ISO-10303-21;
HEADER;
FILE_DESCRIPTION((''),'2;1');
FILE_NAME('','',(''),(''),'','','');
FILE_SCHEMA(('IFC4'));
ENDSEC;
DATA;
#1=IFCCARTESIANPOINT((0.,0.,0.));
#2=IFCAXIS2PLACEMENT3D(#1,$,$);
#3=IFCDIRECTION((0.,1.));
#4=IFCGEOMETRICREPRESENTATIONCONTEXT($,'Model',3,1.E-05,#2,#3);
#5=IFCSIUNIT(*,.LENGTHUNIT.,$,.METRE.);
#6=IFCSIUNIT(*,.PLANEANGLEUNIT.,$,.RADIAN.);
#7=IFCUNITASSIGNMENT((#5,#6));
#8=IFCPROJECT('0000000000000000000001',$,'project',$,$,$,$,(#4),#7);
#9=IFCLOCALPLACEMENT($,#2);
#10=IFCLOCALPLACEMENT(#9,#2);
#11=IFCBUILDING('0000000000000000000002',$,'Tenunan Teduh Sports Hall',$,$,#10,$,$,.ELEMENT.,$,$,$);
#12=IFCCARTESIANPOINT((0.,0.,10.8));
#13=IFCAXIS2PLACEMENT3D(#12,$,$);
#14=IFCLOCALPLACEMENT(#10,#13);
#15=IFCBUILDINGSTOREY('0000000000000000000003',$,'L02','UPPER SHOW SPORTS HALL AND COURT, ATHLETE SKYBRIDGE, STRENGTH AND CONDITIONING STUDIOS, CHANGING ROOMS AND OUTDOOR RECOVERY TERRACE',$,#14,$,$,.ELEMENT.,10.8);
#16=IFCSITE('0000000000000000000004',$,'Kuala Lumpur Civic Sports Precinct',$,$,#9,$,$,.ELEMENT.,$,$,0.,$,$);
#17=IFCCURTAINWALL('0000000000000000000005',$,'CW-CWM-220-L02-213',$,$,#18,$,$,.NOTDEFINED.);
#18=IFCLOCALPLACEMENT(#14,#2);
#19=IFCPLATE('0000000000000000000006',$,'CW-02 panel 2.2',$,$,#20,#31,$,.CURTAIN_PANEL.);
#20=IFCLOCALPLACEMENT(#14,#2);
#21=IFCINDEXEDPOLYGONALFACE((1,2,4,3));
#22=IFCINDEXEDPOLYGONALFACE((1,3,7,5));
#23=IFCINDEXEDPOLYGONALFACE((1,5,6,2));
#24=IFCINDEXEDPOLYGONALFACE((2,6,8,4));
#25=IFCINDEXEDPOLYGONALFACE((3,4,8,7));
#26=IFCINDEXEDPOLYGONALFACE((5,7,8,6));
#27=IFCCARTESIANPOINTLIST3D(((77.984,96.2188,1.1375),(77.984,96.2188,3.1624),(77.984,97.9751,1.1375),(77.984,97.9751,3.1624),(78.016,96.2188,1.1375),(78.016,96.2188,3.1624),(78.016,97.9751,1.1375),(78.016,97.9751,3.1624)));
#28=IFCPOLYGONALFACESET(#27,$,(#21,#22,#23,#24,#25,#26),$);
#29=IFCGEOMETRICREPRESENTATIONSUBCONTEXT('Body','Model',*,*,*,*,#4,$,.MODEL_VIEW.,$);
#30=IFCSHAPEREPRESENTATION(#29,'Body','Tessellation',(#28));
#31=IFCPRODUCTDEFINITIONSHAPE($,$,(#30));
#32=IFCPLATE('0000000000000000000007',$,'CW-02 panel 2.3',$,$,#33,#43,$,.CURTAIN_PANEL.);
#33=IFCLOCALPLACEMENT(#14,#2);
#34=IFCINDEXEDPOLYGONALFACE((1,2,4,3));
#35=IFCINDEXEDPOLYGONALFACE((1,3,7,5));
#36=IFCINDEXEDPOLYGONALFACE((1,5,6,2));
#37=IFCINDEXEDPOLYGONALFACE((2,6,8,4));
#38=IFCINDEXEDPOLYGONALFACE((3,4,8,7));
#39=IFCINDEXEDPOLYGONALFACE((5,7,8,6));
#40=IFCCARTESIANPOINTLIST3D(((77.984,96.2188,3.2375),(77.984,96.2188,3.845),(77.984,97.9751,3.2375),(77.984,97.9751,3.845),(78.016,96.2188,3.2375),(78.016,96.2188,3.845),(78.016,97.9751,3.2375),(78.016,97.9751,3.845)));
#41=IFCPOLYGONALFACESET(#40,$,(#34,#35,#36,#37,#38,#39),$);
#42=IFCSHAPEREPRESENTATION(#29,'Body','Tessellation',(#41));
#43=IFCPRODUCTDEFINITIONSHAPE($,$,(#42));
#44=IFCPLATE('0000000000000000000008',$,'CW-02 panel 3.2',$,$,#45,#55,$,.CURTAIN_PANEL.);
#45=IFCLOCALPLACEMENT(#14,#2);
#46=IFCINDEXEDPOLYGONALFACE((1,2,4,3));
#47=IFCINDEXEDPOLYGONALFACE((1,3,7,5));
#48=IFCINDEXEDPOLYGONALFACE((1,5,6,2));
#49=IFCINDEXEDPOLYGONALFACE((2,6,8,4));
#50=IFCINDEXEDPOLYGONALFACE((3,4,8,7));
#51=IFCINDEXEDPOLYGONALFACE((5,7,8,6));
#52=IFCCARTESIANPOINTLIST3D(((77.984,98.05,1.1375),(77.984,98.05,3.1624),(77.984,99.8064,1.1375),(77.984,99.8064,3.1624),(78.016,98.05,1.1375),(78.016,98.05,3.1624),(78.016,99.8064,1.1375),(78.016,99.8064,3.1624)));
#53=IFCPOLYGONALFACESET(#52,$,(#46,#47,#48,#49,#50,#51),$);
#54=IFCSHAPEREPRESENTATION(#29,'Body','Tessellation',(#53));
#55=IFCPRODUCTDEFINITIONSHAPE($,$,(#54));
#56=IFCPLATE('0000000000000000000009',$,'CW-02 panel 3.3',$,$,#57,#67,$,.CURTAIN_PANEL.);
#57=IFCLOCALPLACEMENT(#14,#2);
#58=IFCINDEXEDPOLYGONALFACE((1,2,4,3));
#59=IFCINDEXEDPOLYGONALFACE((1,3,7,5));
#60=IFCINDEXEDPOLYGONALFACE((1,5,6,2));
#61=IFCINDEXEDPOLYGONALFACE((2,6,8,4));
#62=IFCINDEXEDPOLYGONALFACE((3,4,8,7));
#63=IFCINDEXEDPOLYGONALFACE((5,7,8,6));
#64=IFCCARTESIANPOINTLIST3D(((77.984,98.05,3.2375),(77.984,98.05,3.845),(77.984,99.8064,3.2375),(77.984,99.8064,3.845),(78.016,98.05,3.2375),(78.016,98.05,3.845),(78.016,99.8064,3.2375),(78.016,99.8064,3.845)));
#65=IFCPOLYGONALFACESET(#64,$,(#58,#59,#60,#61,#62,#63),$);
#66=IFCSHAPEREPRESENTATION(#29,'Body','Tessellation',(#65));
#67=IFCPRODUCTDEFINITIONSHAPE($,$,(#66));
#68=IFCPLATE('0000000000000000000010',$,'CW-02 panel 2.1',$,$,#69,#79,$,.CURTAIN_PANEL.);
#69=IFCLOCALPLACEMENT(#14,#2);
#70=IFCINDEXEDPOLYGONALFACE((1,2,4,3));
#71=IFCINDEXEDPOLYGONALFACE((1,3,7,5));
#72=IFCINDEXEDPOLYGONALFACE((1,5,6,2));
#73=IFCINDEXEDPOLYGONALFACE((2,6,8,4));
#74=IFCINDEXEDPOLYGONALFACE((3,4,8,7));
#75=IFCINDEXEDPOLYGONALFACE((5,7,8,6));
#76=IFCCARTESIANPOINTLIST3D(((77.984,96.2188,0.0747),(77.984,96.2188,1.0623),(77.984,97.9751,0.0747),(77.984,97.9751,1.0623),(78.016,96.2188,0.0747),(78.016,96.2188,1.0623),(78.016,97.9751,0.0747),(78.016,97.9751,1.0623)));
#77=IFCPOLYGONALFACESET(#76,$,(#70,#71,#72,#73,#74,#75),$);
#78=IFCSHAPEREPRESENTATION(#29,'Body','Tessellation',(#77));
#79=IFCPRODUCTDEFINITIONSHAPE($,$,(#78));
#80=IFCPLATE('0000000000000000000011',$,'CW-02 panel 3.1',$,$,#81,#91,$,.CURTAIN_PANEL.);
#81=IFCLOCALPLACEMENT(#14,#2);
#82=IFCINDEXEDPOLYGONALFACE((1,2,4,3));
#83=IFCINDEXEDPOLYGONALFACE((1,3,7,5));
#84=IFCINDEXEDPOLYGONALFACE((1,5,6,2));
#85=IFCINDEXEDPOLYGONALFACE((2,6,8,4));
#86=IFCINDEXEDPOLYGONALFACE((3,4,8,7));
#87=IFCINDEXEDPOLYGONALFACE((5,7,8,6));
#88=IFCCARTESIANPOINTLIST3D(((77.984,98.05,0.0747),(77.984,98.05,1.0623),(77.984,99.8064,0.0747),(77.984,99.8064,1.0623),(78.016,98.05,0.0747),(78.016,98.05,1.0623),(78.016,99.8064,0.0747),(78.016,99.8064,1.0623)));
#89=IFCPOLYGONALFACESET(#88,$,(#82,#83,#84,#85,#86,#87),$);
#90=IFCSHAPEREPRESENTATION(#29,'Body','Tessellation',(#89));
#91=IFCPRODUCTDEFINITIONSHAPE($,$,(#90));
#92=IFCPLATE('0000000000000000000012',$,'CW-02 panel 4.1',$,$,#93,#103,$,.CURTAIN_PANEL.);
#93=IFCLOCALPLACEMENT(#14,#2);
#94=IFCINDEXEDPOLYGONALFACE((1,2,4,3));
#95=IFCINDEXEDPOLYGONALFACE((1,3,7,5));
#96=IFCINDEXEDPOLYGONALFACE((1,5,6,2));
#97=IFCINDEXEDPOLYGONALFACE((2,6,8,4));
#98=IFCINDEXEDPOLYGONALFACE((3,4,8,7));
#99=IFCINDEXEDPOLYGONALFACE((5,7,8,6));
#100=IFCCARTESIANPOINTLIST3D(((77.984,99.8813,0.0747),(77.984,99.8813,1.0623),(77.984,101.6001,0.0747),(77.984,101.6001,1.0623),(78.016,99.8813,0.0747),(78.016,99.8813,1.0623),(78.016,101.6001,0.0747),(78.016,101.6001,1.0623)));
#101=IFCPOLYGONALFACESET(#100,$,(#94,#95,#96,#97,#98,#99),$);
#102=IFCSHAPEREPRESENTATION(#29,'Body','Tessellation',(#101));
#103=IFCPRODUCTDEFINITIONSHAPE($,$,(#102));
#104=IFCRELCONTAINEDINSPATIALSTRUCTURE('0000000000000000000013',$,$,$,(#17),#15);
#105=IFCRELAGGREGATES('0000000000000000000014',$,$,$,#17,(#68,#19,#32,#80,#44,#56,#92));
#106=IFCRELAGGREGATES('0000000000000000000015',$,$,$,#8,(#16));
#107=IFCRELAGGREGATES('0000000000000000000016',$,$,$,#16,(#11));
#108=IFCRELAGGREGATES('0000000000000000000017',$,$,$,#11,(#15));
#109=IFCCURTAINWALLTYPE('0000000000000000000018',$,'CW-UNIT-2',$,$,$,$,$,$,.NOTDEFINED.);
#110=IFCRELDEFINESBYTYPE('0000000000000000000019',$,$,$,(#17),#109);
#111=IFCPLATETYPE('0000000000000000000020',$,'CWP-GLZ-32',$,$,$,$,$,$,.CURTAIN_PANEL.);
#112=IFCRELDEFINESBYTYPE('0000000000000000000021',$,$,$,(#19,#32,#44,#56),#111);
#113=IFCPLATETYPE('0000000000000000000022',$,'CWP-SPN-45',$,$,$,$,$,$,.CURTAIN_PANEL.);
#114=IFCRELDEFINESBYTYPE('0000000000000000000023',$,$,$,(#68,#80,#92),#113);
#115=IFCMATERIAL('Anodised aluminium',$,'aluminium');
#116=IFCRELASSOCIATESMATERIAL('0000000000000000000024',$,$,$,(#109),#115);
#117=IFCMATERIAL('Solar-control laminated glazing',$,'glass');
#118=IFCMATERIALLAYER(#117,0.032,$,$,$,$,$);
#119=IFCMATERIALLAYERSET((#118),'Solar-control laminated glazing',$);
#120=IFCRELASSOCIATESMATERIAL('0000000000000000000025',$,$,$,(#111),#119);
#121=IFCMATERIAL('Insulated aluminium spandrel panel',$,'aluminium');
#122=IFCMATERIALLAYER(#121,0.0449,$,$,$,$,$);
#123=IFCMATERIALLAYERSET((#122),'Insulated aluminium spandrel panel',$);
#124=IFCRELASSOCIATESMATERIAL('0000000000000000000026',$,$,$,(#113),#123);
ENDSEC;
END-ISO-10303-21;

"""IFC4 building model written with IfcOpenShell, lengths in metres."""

from ifc_helpers import new_model, si_unit, direction, frame, origin, origin_2d, place, context, subcontext, project, spatial, rectangle, extrude, material, layer, layer_set, type_object, element, aggregate, save


model = new_model("IFC4")

# Units and contexts
model_context = context("Model", 3, precision=1e-05, world=origin(), true_north=direction((0.0, 1.0)))
body_context = subcontext(model_context, "Body", "Model", "MODEL_VIEW")
ifc_project = project(units=[si_unit("LENGTHUNIT", "METRE"), si_unit("PLANEANGLEUNIT", "RADIAN")], contexts=[model_context])

# Site, building, storey
site_placement = place(None, origin())
site = spatial("IfcSite", under=ifc_project, at=site_placement, Name="Kuala Lumpur Civic Sports Precinct", CompositionType="ELEMENT", RefElevation=0.0)
building_placement = place(site_placement, origin())
building = spatial("IfcBuilding", under=site, at=building_placement, Name="Tenunan Teduh Sports Hall", CompositionType="ELEMENT")
storey_placement = place(building_placement, frame((0.0, 0.0, 10.8)))
storey = spatial("IfcBuildingStorey", under=building, at=storey_placement, Name="L02", Description="UPPER SHOW SPORTS HALL AND COURT, ATHLETE SKYBRIDGE, STRENGTH AND CONDITIONING STUDIOS, CHANGING ROOMS AND OUTDOOR RECOVERY TERRACE", CompositionType="ELEMENT", Elevation=10.8)

# Curtain wall, plates
ifc_material_1 = material(Name="Anodised aluminium", Category="aluminium")
curtain_wall_type = type_object("IfcCurtainWallType", Name="CW-UNIT-2", PredefinedType="NOTDEFINED", material=ifc_material_1)
curtain_wall_placement = place(storey_placement, origin())
curtain_wall = element("IfcCurtainWall", 1, at=curtain_wall_placement, inside=storey, type_object=curtain_wall_type, Name="CW-CWM-220-L02-213", PredefinedType="NOTDEFINED")
ifc_material_2 = material(Name="Solar-control laminated glazing", Category="glass")
ifc_layer_1 = layer(ifc_material_2, 0.032)
ifc_layer_set_1 = layer_set([ifc_layer_1], Name="Solar-control laminated glazing")
plate_type_1 = type_object("IfcPlateType", Name="CWP-GLZ-32", PredefinedType="CURTAIN_PANEL", material=ifc_layer_set_1)
plate_1_placement = place(storey_placement, frame((78.0, 97.0969, 1.1375), z_axis=(0.0, 0.0, 1.0), x_axis=(0.0, 1.0, 0.0)))
plate_1 = element("IfcPlate", 2, at=plate_1_placement, type_object=plate_type_1, Name="CW-02 panel 2.2", PredefinedType="CURTAIN_PANEL", context=body_context, shape_type="SweptSolid", body=[
    extrude(rectangle(XDim=1.7563, YDim=0.032, at=origin_2d()), origin(), (0.0, 0.0, 1.0), 2.0249),
])
plate_2_placement = place(storey_placement, frame((78.0, 97.0969, 3.2375), z_axis=(0.0, 0.0, 1.0), x_axis=(0.0, 1.0, 0.0)))
plate_2 = element("IfcPlate", 3, at=plate_2_placement, type_object=plate_type_1, Name="CW-02 panel 2.3", PredefinedType="CURTAIN_PANEL", context=body_context, shape_type="SweptSolid", body=[
    extrude(rectangle(XDim=1.7563, YDim=0.032, at=origin_2d()), origin(), (0.0, 0.0, 1.0), 0.6074),
])
plate_3_placement = place(storey_placement, frame((78.0, 98.9282, 1.1375), z_axis=(0.0, 0.0, 1.0), x_axis=(0.0, 1.0, 0.0)))
plate_3 = element("IfcPlate", 4, at=plate_3_placement, type_object=plate_type_1, Name="CW-02 panel 3.2", PredefinedType="CURTAIN_PANEL", context=body_context, shape_type="SweptSolid", body=[
    extrude(rectangle(XDim=1.7563, YDim=0.032, at=origin_2d()), origin(), (0.0, 0.0, 1.0), 2.0249),
])
plate_4_placement = place(storey_placement, frame((78.0, 98.9282, 3.2375), z_axis=(0.0, 0.0, 1.0), x_axis=(0.0, 1.0, 0.0)))
plate_4 = element("IfcPlate", 5, at=plate_4_placement, type_object=plate_type_1, Name="CW-02 panel 3.3", PredefinedType="CURTAIN_PANEL", context=body_context, shape_type="SweptSolid", body=[
    extrude(rectangle(XDim=1.7563, YDim=0.032, at=origin_2d()), origin(), (0.0, 0.0, 1.0), 0.6074),
])
ifc_material_3 = material(Name="Insulated aluminium spandrel panel", Category="aluminium")
ifc_layer_2 = layer(ifc_material_3, 0.0449)
ifc_layer_set_2 = layer_set([ifc_layer_2], Name="Insulated aluminium spandrel panel")
plate_type_2 = type_object("IfcPlateType", Name="CWP-SPN-45", PredefinedType="CURTAIN_PANEL", material=ifc_layer_set_2)
plate_5_placement = place(storey_placement, frame((78.0, 97.0969, 0.0747), z_axis=(0.0, 0.0, 1.0), x_axis=(0.0, 1.0, 0.0)))
plate_5 = element("IfcPlate", 6, at=plate_5_placement, type_object=plate_type_2, Name="CW-02 panel 2.1", PredefinedType="CURTAIN_PANEL", context=body_context, shape_type="SweptSolid", body=[
    extrude(rectangle(XDim=1.7563, YDim=0.032, at=origin_2d()), origin(), (0.0, 0.0, 1.0), 0.9875),
])
plate_6_placement = place(storey_placement, frame((78.0, 98.9282, 0.0747), z_axis=(0.0, 0.0, 1.0), x_axis=(0.0, 1.0, 0.0)))
plate_6 = element("IfcPlate", 7, at=plate_6_placement, type_object=plate_type_2, Name="CW-02 panel 3.1", PredefinedType="CURTAIN_PANEL", context=body_context, shape_type="SweptSolid", body=[
    extrude(rectangle(XDim=1.7563, YDim=0.032, at=origin_2d()), origin(), (0.0, 0.0, 1.0), 0.9875),
])
plate_7_placement = place(storey_placement, frame((78.0, 100.7407, 0.0747), z_axis=(0.0, 0.0, 1.0), x_axis=(0.0, 1.0, 0.0)))
plate_7 = element("IfcPlate", 8, at=plate_7_placement, type_object=plate_type_2, Name="CW-02 panel 4.1", PredefinedType="CURTAIN_PANEL", context=body_context, shape_type="SweptSolid", body=[
    extrude(rectangle(XDim=1.7188, YDim=0.032, at=origin_2d()), origin(), (0.0, 0.0, 1.0), 0.9875),
])
aggregate(curtain_wall, [plate_5, plate_1, plate_2, plate_6, plate_3, plate_4, plate_7])

save(model, "model.ifc")
